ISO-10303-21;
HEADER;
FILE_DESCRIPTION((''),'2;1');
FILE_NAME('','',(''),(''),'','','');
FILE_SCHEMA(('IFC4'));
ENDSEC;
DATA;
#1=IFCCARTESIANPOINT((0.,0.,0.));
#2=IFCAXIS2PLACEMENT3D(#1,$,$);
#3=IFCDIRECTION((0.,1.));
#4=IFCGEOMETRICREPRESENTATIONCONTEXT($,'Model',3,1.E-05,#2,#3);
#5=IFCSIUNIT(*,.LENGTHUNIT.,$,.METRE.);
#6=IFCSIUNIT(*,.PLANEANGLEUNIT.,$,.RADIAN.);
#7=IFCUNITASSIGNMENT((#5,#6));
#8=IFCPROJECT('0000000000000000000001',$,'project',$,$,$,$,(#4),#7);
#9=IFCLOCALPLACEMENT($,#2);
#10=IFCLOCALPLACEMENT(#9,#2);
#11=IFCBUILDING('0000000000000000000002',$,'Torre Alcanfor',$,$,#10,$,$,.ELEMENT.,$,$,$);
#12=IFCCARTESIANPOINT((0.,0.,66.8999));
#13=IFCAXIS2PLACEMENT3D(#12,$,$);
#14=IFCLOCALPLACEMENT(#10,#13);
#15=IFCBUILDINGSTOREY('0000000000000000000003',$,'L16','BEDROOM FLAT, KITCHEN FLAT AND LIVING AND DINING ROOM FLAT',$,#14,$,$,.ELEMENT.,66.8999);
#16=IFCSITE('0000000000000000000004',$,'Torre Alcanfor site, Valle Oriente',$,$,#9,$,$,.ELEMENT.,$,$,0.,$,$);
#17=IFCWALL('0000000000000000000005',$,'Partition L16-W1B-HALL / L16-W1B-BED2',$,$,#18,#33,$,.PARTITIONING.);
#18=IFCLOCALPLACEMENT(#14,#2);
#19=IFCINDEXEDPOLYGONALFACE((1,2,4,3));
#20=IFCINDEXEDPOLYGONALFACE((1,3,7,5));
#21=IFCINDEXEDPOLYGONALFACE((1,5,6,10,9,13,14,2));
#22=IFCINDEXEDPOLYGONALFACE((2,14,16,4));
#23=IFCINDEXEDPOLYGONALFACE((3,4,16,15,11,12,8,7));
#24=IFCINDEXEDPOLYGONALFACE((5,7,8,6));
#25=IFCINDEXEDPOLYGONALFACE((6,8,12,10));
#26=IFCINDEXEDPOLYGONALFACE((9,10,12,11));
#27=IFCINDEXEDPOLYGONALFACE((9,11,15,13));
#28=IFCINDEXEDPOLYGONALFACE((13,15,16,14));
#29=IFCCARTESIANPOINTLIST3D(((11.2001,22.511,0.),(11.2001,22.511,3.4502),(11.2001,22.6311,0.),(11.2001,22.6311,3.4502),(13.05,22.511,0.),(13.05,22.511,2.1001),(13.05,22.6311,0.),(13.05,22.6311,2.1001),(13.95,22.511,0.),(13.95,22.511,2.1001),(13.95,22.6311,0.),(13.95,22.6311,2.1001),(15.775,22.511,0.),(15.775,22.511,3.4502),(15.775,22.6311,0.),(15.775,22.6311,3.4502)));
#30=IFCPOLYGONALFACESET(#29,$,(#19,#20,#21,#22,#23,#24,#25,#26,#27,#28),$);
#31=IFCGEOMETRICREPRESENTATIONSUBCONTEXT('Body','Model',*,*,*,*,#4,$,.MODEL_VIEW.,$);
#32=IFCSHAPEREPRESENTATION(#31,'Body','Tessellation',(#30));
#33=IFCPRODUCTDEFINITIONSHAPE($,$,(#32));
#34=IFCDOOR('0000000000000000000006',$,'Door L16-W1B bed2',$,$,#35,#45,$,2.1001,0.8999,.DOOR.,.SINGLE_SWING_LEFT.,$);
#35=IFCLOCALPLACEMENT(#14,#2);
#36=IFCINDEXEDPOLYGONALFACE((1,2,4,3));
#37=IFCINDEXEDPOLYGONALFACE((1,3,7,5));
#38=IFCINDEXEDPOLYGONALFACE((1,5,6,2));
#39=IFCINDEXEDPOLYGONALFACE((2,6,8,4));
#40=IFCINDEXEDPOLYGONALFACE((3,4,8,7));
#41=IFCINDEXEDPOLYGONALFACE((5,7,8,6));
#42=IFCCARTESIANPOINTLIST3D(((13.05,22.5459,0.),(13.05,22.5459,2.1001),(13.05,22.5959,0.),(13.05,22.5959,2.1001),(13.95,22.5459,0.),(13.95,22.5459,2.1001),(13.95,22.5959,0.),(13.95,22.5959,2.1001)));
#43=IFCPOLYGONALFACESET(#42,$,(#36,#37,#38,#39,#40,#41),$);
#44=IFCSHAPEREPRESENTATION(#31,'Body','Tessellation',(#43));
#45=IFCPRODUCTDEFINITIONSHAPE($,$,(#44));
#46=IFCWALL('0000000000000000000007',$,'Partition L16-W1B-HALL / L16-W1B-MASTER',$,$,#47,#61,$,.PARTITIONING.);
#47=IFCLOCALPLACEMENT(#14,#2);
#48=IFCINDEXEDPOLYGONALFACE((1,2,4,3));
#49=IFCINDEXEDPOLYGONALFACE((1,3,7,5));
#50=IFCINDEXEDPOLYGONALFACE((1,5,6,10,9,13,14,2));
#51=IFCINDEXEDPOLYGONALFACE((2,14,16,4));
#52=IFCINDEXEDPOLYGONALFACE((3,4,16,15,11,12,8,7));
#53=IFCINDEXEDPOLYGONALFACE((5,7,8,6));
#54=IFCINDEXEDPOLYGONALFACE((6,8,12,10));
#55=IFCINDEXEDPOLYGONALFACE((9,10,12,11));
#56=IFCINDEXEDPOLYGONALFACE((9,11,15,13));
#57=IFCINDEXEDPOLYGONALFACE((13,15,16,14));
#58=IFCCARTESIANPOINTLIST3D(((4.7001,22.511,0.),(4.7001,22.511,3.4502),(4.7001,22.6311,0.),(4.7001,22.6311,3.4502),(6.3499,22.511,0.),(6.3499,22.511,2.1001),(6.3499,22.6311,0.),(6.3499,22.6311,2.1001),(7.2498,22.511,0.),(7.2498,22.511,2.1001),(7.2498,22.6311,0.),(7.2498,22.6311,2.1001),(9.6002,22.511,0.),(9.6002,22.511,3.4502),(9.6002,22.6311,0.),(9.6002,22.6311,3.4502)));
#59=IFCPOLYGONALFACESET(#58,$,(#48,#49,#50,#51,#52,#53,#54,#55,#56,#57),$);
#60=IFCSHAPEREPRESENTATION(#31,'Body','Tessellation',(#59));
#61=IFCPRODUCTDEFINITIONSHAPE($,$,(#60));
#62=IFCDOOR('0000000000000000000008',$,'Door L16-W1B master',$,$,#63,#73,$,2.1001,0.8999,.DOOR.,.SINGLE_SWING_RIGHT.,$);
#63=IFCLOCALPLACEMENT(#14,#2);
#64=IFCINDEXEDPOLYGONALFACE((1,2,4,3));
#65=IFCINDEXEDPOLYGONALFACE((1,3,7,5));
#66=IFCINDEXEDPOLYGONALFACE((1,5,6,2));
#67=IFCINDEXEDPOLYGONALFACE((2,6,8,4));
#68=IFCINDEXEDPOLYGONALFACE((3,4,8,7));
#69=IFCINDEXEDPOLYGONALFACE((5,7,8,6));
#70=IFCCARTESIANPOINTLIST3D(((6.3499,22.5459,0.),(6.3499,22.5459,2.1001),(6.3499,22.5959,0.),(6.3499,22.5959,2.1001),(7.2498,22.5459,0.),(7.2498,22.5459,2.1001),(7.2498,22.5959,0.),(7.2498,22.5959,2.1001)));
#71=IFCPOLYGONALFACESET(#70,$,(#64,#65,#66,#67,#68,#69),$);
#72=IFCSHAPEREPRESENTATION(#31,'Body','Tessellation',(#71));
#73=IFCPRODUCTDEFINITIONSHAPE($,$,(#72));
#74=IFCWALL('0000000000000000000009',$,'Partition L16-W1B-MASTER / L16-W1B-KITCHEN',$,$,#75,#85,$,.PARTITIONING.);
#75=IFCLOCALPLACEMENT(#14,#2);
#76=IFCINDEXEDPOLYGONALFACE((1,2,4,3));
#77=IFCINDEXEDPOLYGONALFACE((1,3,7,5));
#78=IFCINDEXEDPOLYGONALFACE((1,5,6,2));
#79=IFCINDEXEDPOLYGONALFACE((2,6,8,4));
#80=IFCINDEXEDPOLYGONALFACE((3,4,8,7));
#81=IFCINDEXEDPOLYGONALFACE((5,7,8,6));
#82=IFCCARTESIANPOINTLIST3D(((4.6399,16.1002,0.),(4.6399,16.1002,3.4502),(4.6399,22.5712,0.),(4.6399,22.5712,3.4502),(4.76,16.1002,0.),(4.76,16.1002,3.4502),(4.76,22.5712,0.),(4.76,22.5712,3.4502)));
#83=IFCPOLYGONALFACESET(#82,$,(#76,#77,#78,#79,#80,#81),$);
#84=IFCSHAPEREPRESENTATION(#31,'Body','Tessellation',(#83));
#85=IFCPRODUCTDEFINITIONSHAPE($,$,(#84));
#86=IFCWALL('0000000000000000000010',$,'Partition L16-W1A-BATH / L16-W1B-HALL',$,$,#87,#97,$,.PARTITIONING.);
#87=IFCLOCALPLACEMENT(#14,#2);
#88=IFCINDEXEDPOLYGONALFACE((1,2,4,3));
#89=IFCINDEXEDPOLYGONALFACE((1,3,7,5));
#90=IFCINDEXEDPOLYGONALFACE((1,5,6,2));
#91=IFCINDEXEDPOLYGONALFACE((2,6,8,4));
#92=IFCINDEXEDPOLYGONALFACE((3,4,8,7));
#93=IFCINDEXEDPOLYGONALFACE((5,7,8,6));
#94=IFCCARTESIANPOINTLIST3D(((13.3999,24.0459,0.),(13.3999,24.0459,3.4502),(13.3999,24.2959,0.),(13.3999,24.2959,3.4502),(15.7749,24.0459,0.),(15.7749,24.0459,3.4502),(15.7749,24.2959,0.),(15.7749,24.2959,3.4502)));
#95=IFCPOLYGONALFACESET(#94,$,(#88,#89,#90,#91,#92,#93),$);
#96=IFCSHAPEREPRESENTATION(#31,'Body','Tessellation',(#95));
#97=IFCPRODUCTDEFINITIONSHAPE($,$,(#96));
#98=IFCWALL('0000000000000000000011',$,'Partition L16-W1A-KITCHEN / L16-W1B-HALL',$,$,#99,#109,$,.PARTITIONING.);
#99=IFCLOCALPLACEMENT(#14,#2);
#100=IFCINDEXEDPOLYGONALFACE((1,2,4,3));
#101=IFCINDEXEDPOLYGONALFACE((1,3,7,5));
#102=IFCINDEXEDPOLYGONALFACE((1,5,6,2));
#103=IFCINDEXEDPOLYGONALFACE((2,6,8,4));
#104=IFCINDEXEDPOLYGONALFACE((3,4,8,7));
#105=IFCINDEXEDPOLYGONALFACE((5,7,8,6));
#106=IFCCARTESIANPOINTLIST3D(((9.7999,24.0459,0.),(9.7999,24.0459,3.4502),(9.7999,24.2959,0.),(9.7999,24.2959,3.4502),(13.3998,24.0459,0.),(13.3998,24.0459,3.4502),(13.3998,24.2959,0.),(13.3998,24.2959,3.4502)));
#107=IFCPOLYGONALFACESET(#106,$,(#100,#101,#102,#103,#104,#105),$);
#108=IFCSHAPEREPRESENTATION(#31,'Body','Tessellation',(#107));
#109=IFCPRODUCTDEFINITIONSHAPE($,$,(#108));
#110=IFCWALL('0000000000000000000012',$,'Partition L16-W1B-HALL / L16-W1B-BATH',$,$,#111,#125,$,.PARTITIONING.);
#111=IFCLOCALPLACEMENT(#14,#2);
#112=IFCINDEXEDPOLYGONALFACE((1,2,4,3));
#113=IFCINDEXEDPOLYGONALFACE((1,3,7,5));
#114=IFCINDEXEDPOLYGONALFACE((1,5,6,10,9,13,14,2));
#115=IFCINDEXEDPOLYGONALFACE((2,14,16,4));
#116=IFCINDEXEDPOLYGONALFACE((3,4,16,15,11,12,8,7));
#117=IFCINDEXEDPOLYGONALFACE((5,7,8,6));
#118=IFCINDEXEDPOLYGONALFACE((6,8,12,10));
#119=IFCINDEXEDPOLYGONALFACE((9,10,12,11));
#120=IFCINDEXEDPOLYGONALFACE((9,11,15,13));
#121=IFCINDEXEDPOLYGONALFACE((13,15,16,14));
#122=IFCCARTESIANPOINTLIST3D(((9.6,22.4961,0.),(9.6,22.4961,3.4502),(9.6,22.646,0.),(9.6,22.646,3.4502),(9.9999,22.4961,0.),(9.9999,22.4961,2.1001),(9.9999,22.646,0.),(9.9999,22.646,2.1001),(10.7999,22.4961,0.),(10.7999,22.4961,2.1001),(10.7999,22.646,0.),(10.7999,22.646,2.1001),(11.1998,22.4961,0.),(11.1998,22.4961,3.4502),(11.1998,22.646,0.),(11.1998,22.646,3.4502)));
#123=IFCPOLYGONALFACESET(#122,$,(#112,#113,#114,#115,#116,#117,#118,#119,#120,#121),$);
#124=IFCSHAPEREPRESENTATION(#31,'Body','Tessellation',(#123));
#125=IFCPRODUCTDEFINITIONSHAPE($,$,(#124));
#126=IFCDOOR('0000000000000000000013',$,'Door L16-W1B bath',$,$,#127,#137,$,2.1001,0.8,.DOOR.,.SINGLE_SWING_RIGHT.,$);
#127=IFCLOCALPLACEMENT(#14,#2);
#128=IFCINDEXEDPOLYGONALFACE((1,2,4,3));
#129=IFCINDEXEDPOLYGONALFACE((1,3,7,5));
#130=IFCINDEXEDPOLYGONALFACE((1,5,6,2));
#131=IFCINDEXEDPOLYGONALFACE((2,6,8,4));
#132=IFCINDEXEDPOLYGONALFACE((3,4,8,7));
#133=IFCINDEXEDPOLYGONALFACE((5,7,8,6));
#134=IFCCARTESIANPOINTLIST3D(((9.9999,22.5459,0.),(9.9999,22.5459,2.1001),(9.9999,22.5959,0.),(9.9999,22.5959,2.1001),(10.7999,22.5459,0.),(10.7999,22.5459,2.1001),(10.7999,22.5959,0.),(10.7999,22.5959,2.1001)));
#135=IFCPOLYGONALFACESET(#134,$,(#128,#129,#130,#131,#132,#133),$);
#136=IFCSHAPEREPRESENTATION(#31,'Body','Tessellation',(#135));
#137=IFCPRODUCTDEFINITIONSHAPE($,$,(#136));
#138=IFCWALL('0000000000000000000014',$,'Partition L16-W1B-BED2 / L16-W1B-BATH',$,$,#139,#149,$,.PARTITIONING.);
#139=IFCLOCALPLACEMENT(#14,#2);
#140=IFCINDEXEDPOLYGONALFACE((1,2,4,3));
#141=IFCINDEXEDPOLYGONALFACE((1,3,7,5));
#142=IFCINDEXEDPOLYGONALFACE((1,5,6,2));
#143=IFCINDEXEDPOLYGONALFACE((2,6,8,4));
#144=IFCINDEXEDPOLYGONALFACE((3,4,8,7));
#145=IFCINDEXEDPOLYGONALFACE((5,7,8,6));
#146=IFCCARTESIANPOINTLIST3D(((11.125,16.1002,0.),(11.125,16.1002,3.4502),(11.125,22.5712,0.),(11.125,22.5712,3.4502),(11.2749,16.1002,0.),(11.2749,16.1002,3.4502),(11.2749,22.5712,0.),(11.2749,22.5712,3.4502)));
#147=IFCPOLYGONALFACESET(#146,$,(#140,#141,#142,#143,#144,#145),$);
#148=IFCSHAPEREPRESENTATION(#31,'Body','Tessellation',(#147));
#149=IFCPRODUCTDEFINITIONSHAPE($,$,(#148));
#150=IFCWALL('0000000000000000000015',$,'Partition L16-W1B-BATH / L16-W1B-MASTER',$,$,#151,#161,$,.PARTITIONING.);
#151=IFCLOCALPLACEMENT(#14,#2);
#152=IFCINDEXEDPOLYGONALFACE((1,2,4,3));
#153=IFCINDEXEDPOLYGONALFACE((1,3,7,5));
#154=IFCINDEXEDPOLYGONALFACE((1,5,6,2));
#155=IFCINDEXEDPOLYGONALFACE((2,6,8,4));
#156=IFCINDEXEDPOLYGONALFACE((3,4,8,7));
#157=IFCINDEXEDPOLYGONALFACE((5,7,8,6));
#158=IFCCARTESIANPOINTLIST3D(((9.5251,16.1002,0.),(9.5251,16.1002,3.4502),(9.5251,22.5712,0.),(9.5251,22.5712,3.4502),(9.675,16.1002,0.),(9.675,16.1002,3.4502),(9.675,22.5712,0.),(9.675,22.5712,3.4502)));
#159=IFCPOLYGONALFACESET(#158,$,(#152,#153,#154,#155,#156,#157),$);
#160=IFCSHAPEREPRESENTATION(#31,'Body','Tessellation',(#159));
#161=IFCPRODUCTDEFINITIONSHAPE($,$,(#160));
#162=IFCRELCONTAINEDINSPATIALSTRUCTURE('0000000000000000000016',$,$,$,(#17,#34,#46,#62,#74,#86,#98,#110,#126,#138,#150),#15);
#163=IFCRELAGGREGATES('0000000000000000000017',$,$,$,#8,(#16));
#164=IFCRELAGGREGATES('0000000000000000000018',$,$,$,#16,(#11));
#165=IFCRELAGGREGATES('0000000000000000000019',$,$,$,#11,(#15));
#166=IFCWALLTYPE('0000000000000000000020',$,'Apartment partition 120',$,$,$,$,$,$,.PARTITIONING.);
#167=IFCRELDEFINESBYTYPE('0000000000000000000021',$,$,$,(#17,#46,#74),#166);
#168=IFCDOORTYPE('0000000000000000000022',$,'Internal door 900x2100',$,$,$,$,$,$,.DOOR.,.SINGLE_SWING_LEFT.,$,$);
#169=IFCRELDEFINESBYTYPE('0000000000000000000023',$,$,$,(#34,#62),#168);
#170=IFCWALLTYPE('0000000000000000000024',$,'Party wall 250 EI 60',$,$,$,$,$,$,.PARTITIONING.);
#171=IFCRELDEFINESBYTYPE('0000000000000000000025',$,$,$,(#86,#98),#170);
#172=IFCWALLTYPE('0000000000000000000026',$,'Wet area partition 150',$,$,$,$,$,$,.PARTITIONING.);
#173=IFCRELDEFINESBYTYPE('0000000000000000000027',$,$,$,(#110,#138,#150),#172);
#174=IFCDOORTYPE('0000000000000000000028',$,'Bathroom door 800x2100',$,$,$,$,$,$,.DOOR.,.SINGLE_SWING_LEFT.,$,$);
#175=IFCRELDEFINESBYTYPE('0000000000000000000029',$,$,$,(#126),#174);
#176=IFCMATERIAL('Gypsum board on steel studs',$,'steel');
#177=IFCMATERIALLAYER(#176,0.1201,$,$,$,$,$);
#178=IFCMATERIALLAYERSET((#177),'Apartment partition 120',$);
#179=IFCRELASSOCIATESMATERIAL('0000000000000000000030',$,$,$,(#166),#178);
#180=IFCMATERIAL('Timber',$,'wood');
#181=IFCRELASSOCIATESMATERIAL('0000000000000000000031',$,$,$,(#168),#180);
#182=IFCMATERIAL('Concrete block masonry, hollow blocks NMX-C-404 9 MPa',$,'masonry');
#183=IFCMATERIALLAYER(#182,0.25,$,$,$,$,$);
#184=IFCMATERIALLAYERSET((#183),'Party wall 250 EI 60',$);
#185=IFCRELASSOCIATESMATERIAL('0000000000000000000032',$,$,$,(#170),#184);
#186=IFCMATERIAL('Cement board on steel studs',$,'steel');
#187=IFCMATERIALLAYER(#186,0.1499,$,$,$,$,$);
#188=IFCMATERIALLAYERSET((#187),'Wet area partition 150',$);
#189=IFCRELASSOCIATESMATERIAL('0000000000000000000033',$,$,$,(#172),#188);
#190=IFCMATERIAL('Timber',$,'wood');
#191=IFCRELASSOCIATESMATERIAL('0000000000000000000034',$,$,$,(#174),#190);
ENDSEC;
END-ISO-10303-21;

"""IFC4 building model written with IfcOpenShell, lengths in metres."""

from ifc_helpers import new_model, si_unit, direction, frame, frame_2d, origin, place, context, subcontext, project, spatial, rectangle, extrude, material, layer, layer_set, type_object, element, fill, save


model = new_model("IFC4")

# Units and contexts
model_context = context("Model", 3, precision=1e-05, world=origin(), true_north=direction((0.0, 1.0)))
body_context = subcontext(model_context, "Body", "Model", "MODEL_VIEW")
ifc_project = project(units=[si_unit("LENGTHUNIT", "METRE"), si_unit("PLANEANGLEUNIT", "RADIAN")], contexts=[model_context])

# Site, building, storey
site_placement = place(None, origin())
site = spatial("IfcSite", under=ifc_project, at=site_placement, Name="Torre Alcanfor site, Valle Oriente", CompositionType="ELEMENT", RefElevation=0.0)
building_placement = place(site_placement, origin())
building = spatial("IfcBuilding", under=site, at=building_placement, Name="Torre Alcanfor", CompositionType="ELEMENT")
storey_placement = place(building_placement, frame((0.0, 0.0, 66.8999)))
storey = spatial("IfcBuildingStorey", under=building, at=storey_placement, Name="L16", Description="BEDROOM FLAT, KITCHEN FLAT AND LIVING AND DINING ROOM FLAT", CompositionType="ELEMENT", Elevation=66.8999)

# Walls, openings, doors
ifc_material_1 = material(Name="Gypsum board on steel studs", Category="steel")
ifc_layer_1 = layer(ifc_material_1, 0.1201)
ifc_layer_set_1 = layer_set([ifc_layer_1], Name="Apartment partition 120")
wall_type_1 = type_object("IfcWallType", Name="Apartment partition 120", PredefinedType="PARTITIONING", material=ifc_layer_set_1)
wall_1_placement = place(storey_placement, frame((11.2, 22.571, 0.0), z_axis=(0.0, 0.0, 1.0), x_axis=(1.0, 0.0, 0.0)))
wall_1 = element("IfcWall", 1, at=wall_1_placement, inside=storey, type_object=wall_type_1, Name="Partition L16-W1B-HALL / L16-W1B-BED2", PredefinedType="PARTITIONING", context=body_context, shape_type="SweptSolid", body=[
    extrude(rectangle(XDim=4.575, YDim=0.1201, at=frame_2d((2.2876, 0.0))), origin(), (0.0, 0.0, 1.0), 3.4502),
])
opening_1_placement = place(wall_1_placement, frame((1.8501, 0.0, 0.0)))
opening_1 = element("IfcOpeningElement", 2, at=opening_1_placement, cuts=wall_1, PredefinedType="OPENING", context=body_context, shape_type="SweptSolid", body=[
    extrude(rectangle(XDim=0.8999, YDim=2.1001, at=frame_2d((0.45, 1.05))), frame((0.0, 0.0701, 0.0), z_axis=(0.0, -1.0, 0.0), x_axis=(1.0, 0.0, 0.0)), (0.0, 0.0, 1.0), 0.1401),
])
ifc_material_2 = material(Name="Timber", Category="wood")
door_type_1 = type_object("IfcDoorType", Name="Internal door 900x2100", OperationType="SINGLE_SWING_LEFT", PredefinedType="DOOR", material=ifc_material_2)
door_1_placement = place(opening_1_placement, frame((0.8999, 0.0, 0.0), z_axis=(0.0, 0.0, 1.0), x_axis=(-1.0, 0.0, 0.0)))
door_1 = element("IfcDoor", 3, at=door_1_placement, inside=storey, type_object=door_type_1, Name="Door L16-W1B bed2", OperationType="SINGLE_SWING_LEFT", OverallHeight=2.1001, OverallWidth=0.8999, PredefinedType="DOOR", context=body_context, shape_type="SweptSolid", body=[
    extrude(rectangle(XDim=0.8999, YDim=2.1001, at=frame_2d((0.45, 1.05))), frame((0.0, 0.0251, 0.0), z_axis=(0.0, -1.0, 0.0), x_axis=(1.0, 0.0, 0.0)), (0.0, 0.0, 1.0), 0.05),
])
fill(opening_1, door_1)
wall_2_placement = place(storey_placement, frame((4.7, 22.571, 0.0), z_axis=(0.0, 0.0, 1.0), x_axis=(1.0, 0.0, 0.0)))
wall_2 = element("IfcWall", 4, at=wall_2_placement, inside=storey, type_object=wall_type_1, Name="Partition L16-W1B-HALL / L16-W1B-MASTER", PredefinedType="PARTITIONING", context=body_context, shape_type="SweptSolid", body=[
    extrude(rectangle(XDim=4.9001, YDim=0.1201, at=frame_2d((2.4502, 0.0))), origin(), (0.0, 0.0, 1.0), 3.4502),
])
opening_2_placement = place(wall_2_placement, frame((1.6499, 0.0, 0.0)))
opening_2 = element("IfcOpeningElement", 5, at=opening_2_placement, cuts=wall_2, PredefinedType="OPENING", context=body_context, shape_type="SweptSolid", body=[
    extrude(rectangle(XDim=0.8999, YDim=2.1001, at=frame_2d((0.45, 1.05))), frame((0.0, 0.0701, 0.0), z_axis=(0.0, -1.0, 0.0), x_axis=(1.0, 0.0, 0.0)), (0.0, 0.0, 1.0), 0.1401),
])
door_2_placement = place(opening_2_placement, frame((0.8999, 0.0, 0.0), z_axis=(0.0, 0.0, 1.0), x_axis=(-1.0, 0.0, 0.0)))
door_2 = element("IfcDoor", 6, at=door_2_placement, inside=storey, type_object=door_type_1, Name="Door L16-W1B master", OperationType="SINGLE_SWING_RIGHT", OverallHeight=2.1001, OverallWidth=0.8999, PredefinedType="DOOR", context=body_context, shape_type="SweptSolid", body=[
    extrude(rectangle(XDim=0.8999, YDim=2.1001, at=frame_2d((0.45, 1.05))), frame((0.0, 0.0251, 0.0), z_axis=(0.0, -1.0, 0.0), x_axis=(1.0, 0.0, 0.0)), (0.0, 0.0, 1.0), 0.05),
])
fill(opening_2, door_2)

# Walls
wall_3_placement = place(storey_placement, frame((4.7, 22.571, 0.0), z_axis=(0.0, 0.0, 1.0), x_axis=(0.0, -1.0, 0.0)))
element("IfcWall", 7, at=wall_3_placement, inside=storey, type_object=wall_type_1, Name="Partition L16-W1B-MASTER / L16-W1B-KITCHEN", PredefinedType="PARTITIONING", context=body_context, shape_type="SweptSolid", body=[
    extrude(rectangle(XDim=6.4709, YDim=0.1201, at=frame_2d((3.2354, 0.0))), origin(), (0.0, 0.0, 1.0), 3.4502),
])
ifc_material_3 = material(Name="Concrete block masonry, hollow blocks NMX-C-404 9 MPa", Category="masonry")
ifc_layer_2 = layer(ifc_material_3, 0.25)
ifc_layer_set_2 = layer_set([ifc_layer_2], Name="Party wall 250 EI 60")
wall_type_2 = type_object("IfcWallType", Name="Party wall 250 EI 60", PredefinedType="PARTITIONING", material=ifc_layer_set_2)
wall_4_placement = place(storey_placement, frame((13.3999, 24.1709, 0.0), z_axis=(0.0, 0.0, 1.0), x_axis=(1.0, 0.0, 0.0)))
element("IfcWall", 8, at=wall_4_placement, inside=storey, type_object=wall_type_2, Name="Partition L16-W1A-BATH / L16-W1B-HALL", PredefinedType="PARTITIONING", context=body_context, shape_type="SweptSolid", body=[
    extrude(rectangle(XDim=2.375, YDim=0.25, at=frame_2d((1.1875, 0.0))), origin(), (0.0, 0.0, 1.0), 3.4502),
])
wall_5_placement = place(storey_placement, frame((9.8, 24.1709, 0.0), z_axis=(0.0, 0.0, 1.0), x_axis=(1.0, 0.0, 0.0)))
element("IfcWall", 9, at=wall_5_placement, inside=storey, type_object=wall_type_2, Name="Partition L16-W1A-KITCHEN / L16-W1B-HALL", PredefinedType="PARTITIONING", context=body_context, shape_type="SweptSolid", body=[
    extrude(rectangle(XDim=3.5999, YDim=0.25, at=frame_2d((1.7998, 0.0))), origin(), (0.0, 0.0, 1.0), 3.4502),
])

# Wall, opening, door
ifc_material_4 = material(Name="Cement board on steel studs", Category="steel")
ifc_layer_3 = layer(ifc_material_4, 0.1499)
ifc_layer_set_3 = layer_set([ifc_layer_3], Name="Wet area partition 150")
wall_type_3 = type_object("IfcWallType", Name="Wet area partition 150", PredefinedType="PARTITIONING", material=ifc_layer_set_3)
wall_6_placement = place(storey_placement, frame((9.6001, 22.571, 0.0), z_axis=(0.0, 0.0, 1.0), x_axis=(1.0, 0.0, 0.0)))
wall_6 = element("IfcWall", 10, at=wall_6_placement, inside=storey, type_object=wall_type_3, Name="Partition L16-W1B-HALL / L16-W1B-BATH", PredefinedType="PARTITIONING", context=body_context, shape_type="SweptSolid", body=[
    extrude(rectangle(XDim=1.5999, YDim=0.1499, at=frame_2d((0.7998, 0.0))), origin(), (0.0, 0.0, 1.0), 3.4502),
])
opening_3_placement = place(wall_6_placement, frame((0.3999, 0.0, 0.0)))
opening_3 = element("IfcOpeningElement", 11, at=opening_3_placement, cuts=wall_6, PredefinedType="OPENING", context=body_context, shape_type="SweptSolid", body=[
    extrude(rectangle(XDim=0.8, YDim=2.1001, at=frame_2d((0.3999, 1.05))), frame((0.0, 0.085, 0.0), z_axis=(0.0, -1.0, 0.0), x_axis=(1.0, 0.0, 0.0)), (0.0, 0.0, 1.0), 0.1699),
])
ifc_material_5 = material(Name="Timber", Category="wood")
door_type_2 = type_object("IfcDoorType", Name="Bathroom door 800x2100", OperationType="SINGLE_SWING_LEFT", PredefinedType="DOOR", material=ifc_material_5)
door_3_placement = place(opening_3_placement, frame((0.8, 0.0, 0.0), z_axis=(0.0, 0.0, 1.0), x_axis=(-1.0, 0.0, 0.0)))
door_3 = element("IfcDoor", 12, at=door_3_placement, inside=storey, type_object=door_type_2, Name="Door L16-W1B bath", OperationType="SINGLE_SWING_RIGHT", OverallHeight=2.1001, OverallWidth=0.8, PredefinedType="DOOR", context=body_context, shape_type="SweptSolid", body=[
    extrude(rectangle(XDim=0.8, YDim=2.1001, at=frame_2d((0.4001, 1.05))), frame((0.0, 0.0251, 0.0), z_axis=(0.0, -1.0, 0.0), x_axis=(1.0, 0.0, 0.0)), (0.0, 0.0, 1.0), 0.05),
])
fill(opening_3, door_3)

# Walls
for number, where, z_axis, x_axis, name in (
    (13, (11.2, 22.571, 0.0), (0.0, 0.0, 1.0), (0.0, -1.0, 0.0), "Partition L16-W1B-BED2 / L16-W1B-BATH"),
    (14, (9.6001, 22.571, 0.0), (0.0, 0.0, 1.0), (0.0, -1.0, 0.0), "Partition L16-W1B-BATH / L16-W1B-MASTER"),
):
    element("IfcWall", number, at=place(storey_placement, frame(where, z_axis=z_axis, x_axis=x_axis)), inside=storey, type_object=wall_type_3, Name=name, PredefinedType="PARTITIONING", context=body_context, shape_type="SweptSolid", body=[
        extrude(rectangle(XDim=6.4709, YDim=0.1499, at=frame_2d((3.2354, 0.0))), origin(), (0.0, 0.0, 1.0), 3.4502),
    ])

save(model, "model.ifc")
